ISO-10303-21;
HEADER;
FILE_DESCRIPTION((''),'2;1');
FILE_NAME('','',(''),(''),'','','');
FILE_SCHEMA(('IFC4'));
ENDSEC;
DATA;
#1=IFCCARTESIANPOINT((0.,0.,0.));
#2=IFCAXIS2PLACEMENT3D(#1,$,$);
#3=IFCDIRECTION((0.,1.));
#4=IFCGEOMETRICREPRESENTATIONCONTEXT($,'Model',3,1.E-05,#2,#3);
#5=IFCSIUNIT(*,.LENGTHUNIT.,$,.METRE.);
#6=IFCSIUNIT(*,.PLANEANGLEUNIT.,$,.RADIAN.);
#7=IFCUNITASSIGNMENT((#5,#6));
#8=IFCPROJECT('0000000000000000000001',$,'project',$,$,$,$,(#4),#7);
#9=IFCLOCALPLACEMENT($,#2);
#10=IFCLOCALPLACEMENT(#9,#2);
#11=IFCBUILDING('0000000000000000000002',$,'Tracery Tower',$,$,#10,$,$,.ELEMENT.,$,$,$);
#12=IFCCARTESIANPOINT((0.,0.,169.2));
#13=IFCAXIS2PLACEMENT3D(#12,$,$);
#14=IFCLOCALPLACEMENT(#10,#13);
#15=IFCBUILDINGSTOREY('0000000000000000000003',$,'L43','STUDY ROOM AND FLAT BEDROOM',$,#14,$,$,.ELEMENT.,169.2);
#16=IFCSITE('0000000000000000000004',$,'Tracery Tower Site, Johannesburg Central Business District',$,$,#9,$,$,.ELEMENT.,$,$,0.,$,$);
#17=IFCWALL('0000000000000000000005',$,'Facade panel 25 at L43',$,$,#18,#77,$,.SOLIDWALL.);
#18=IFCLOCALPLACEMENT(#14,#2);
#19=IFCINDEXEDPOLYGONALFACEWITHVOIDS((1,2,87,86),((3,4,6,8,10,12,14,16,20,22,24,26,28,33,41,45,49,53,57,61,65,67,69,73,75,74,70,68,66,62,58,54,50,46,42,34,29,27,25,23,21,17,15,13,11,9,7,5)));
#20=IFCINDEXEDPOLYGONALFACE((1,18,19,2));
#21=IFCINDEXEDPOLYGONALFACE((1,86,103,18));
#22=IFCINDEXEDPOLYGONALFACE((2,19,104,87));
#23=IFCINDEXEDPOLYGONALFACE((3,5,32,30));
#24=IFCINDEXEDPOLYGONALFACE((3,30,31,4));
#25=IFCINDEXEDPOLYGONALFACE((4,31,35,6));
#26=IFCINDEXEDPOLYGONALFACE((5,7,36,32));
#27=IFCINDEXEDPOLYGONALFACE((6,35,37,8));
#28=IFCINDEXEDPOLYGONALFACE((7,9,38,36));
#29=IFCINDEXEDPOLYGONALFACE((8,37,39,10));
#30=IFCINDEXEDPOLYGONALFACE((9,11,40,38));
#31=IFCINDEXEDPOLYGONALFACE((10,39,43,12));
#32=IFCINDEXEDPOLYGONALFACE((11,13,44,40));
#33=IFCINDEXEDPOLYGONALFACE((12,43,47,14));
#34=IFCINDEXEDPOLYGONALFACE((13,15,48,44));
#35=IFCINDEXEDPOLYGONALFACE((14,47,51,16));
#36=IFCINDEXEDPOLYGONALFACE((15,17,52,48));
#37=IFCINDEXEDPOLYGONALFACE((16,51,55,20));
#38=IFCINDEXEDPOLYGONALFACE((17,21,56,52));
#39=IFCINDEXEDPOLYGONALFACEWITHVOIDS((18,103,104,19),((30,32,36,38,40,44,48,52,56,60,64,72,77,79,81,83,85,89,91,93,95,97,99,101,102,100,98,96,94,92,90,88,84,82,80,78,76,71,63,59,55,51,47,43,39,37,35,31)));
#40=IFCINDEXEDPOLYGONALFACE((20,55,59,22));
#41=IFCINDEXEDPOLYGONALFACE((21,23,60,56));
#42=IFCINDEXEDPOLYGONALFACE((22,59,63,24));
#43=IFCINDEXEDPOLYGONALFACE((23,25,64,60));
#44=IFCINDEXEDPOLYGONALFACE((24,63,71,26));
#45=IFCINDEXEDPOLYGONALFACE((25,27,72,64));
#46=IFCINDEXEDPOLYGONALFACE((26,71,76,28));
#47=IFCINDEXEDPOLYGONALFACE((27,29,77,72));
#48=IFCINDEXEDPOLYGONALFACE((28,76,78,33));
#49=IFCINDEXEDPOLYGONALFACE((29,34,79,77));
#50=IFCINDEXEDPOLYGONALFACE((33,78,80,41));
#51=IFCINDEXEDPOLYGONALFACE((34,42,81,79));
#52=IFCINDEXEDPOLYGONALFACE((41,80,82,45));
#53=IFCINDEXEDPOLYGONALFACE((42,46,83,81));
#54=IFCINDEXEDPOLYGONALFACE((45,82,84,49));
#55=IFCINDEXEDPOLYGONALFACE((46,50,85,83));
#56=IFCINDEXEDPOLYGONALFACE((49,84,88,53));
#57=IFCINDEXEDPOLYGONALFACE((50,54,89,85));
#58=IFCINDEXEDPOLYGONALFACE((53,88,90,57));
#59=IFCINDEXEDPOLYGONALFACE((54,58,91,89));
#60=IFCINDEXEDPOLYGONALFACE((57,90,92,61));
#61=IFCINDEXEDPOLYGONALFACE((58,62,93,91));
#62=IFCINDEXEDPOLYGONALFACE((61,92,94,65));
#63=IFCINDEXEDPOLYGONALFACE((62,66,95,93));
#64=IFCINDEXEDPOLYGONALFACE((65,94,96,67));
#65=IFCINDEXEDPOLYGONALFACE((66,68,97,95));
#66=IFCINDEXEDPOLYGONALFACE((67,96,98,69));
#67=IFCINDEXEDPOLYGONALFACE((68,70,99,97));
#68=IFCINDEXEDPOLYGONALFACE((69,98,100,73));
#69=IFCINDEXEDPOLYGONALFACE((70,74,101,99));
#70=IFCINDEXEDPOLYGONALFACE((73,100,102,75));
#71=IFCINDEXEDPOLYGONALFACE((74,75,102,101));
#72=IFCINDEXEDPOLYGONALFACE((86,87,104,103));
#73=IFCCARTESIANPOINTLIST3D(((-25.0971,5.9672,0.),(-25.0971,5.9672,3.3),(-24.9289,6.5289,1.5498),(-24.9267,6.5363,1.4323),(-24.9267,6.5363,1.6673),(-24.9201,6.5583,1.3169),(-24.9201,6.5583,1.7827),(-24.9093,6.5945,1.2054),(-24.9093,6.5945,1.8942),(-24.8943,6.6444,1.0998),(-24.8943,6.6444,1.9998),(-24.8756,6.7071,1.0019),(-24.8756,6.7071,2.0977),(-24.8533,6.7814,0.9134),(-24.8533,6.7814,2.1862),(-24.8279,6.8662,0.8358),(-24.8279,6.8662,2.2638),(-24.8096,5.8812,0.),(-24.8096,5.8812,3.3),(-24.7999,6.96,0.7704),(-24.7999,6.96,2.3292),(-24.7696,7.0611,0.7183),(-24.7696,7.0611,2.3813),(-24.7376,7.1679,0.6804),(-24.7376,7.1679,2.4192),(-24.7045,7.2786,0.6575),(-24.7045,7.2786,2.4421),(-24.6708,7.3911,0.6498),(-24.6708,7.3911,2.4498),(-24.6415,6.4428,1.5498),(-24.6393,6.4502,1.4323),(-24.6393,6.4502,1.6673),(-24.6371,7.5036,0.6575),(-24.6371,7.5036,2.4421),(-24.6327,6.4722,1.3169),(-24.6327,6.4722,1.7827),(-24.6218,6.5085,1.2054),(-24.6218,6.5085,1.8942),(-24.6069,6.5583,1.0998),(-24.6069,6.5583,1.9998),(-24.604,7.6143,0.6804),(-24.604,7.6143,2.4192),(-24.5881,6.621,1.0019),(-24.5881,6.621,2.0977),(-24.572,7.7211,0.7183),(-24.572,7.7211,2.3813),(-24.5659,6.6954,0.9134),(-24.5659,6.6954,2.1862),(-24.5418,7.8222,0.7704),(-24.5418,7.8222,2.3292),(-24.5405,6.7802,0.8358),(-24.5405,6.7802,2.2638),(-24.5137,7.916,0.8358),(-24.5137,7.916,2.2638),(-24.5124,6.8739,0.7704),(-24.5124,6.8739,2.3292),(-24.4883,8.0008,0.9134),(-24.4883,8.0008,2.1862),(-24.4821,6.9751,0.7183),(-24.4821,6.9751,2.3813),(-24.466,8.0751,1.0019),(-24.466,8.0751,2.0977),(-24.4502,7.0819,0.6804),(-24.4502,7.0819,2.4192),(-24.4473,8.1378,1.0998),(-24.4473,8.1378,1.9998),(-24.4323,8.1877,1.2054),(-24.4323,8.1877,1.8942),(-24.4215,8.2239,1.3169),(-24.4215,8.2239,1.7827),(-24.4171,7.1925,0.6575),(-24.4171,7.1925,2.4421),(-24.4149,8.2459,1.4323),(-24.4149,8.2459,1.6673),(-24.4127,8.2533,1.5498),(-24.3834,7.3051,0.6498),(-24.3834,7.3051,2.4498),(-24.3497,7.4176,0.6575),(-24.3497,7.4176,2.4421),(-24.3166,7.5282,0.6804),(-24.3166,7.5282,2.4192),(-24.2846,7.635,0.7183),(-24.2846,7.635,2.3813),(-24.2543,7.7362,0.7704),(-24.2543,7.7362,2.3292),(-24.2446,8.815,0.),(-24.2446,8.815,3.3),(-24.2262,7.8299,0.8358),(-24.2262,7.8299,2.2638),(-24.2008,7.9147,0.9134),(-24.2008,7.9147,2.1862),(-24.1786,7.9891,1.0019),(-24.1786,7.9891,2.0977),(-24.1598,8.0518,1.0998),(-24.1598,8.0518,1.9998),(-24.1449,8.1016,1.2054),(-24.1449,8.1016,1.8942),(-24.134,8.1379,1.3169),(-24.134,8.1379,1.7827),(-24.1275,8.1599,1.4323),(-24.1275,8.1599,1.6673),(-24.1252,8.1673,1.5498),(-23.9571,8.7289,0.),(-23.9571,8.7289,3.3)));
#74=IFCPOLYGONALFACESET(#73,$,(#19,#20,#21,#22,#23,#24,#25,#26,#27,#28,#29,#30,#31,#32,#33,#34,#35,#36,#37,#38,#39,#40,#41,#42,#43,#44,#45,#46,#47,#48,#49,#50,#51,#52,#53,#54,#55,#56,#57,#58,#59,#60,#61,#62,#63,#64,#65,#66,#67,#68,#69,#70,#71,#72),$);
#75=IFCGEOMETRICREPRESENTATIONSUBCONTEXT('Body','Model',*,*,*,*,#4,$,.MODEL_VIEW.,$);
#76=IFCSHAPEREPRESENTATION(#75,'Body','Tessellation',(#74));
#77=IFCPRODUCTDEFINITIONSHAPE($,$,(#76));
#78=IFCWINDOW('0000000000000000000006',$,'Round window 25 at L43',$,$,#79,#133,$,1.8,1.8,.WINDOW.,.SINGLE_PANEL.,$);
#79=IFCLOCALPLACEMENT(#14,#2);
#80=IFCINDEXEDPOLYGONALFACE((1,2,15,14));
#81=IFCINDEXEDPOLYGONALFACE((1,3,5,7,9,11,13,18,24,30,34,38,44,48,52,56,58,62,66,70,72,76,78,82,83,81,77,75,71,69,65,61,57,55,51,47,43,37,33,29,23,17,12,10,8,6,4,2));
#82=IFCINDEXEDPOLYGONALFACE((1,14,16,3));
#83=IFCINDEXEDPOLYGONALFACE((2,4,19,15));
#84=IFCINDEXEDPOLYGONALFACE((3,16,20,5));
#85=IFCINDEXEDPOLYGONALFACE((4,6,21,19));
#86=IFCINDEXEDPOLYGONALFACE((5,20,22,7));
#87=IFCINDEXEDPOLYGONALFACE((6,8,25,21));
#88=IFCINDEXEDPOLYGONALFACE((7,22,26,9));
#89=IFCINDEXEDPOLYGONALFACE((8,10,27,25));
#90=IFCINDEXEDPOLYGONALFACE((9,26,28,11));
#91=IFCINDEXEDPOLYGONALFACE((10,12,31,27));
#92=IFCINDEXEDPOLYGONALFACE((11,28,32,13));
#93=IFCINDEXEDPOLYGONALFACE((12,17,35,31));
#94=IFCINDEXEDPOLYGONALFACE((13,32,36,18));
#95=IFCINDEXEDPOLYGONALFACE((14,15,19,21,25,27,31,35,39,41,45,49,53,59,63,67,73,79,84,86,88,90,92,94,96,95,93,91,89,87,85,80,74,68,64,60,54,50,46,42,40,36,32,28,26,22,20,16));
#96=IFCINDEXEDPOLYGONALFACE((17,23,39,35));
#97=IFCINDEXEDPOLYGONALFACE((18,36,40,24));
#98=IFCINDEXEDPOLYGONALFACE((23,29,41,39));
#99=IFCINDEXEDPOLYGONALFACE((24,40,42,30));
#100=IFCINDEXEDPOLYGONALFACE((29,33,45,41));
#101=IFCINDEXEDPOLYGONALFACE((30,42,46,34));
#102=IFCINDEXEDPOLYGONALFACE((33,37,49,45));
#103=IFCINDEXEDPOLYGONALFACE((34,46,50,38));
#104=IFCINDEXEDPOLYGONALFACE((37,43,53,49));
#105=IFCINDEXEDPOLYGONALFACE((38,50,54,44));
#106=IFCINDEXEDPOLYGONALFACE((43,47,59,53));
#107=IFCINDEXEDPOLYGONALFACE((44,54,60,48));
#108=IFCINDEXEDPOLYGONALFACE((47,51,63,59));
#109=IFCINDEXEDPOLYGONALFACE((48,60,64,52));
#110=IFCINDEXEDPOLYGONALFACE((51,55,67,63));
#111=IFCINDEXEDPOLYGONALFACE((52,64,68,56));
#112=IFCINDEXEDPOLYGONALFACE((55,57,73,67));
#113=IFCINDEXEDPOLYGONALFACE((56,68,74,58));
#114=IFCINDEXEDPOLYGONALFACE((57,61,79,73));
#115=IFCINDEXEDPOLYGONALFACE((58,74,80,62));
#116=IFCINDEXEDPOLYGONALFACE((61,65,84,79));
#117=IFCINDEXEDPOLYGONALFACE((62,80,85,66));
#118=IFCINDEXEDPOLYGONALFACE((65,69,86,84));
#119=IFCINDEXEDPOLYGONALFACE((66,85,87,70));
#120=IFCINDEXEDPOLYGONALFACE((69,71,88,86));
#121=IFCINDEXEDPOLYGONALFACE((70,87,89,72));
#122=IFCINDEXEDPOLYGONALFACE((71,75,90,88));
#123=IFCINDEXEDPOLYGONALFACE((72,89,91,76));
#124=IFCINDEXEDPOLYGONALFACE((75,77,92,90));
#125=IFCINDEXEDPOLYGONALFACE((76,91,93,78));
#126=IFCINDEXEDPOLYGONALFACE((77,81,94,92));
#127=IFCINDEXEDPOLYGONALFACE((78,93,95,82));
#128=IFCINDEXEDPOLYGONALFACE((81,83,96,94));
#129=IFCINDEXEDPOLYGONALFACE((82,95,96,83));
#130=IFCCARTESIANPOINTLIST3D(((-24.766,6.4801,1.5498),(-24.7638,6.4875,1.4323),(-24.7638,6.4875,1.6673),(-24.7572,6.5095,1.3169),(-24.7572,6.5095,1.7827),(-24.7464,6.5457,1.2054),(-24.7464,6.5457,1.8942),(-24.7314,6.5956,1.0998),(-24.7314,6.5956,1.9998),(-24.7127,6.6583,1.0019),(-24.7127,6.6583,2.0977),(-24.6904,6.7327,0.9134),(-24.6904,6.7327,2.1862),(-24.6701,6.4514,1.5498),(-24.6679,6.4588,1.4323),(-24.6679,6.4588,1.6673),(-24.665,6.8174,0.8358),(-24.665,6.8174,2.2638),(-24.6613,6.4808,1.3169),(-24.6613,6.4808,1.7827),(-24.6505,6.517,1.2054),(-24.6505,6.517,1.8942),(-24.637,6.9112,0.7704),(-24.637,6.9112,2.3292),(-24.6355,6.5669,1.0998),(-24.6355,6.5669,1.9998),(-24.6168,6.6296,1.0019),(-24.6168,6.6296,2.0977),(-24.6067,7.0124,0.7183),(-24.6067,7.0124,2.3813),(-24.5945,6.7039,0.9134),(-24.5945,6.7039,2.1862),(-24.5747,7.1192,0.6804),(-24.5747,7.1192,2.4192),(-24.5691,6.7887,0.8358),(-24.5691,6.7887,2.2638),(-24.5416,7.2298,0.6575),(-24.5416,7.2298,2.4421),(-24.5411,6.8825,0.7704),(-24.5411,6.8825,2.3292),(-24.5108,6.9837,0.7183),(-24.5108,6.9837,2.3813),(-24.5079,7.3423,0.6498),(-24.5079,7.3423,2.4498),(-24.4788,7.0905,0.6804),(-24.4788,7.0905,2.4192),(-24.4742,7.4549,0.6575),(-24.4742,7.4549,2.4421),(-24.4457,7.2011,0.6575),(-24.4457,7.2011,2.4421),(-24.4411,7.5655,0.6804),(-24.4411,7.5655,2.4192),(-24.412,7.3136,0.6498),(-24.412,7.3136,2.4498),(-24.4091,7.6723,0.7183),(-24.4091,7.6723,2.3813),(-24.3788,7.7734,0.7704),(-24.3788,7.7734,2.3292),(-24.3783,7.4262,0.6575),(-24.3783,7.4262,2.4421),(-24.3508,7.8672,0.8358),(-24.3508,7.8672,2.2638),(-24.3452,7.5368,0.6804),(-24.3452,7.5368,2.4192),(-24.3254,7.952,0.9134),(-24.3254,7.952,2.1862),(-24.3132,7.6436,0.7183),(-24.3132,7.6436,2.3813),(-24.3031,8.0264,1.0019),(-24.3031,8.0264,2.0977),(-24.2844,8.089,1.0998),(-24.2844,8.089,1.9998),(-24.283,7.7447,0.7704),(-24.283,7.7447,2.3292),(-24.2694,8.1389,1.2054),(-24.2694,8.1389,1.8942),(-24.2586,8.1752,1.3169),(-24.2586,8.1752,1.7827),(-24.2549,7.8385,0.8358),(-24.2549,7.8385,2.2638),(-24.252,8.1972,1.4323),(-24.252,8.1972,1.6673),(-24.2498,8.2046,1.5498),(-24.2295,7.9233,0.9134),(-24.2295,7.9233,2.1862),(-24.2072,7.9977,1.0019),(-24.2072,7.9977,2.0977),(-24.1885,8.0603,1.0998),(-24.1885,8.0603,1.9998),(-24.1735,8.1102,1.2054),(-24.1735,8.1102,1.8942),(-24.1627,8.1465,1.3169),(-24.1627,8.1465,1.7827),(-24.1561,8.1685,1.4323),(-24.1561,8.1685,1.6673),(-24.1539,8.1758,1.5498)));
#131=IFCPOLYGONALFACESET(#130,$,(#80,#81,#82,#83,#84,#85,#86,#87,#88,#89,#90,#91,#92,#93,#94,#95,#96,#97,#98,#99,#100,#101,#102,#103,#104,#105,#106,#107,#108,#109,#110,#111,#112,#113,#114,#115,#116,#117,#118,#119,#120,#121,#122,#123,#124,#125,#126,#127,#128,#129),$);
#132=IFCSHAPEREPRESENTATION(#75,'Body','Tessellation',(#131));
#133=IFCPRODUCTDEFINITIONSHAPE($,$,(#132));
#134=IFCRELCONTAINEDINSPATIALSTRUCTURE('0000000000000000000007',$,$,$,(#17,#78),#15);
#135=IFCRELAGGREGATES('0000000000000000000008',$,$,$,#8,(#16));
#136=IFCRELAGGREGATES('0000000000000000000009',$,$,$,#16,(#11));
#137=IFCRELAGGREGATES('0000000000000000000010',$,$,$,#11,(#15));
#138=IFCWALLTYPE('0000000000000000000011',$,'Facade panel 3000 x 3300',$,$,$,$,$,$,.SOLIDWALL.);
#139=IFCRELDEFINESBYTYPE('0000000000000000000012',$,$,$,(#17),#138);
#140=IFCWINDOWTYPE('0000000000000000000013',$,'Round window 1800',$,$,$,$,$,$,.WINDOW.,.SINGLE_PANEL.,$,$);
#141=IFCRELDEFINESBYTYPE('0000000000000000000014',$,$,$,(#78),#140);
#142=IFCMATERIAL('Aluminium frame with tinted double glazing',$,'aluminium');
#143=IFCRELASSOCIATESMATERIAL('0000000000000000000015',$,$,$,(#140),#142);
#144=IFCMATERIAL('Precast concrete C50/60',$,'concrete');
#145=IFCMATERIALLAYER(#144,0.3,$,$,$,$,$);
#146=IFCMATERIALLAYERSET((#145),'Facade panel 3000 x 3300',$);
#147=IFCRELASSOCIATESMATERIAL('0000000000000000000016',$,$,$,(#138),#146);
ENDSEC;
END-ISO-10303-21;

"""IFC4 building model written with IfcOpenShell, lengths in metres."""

from ifc_helpers import new_model, si_unit, direction, frame, frame_2d, origin, origin_2d, place, context, subcontext, project, spatial, rectangle, circle, extrude, material, layer, layer_set, type_object, element, fill, save


model = new_model("IFC4")

# Units and contexts
model_context = context("Model", 3, precision=1e-05, world=origin(), true_north=direction((0.0, 1.0)))
body_context = subcontext(model_context, "Body", "Model", "MODEL_VIEW")
ifc_project = project(units=[si_unit("LENGTHUNIT", "METRE"), si_unit("PLANEANGLEUNIT", "RADIAN")], contexts=[model_context])

# Site, building, storey
site_placement = place(None, origin())
site = spatial("IfcSite", under=ifc_project, at=site_placement, Name="Tracery Tower Site, Johannesburg Central Business District", CompositionType="ELEMENT", RefElevation=0.0)
building_placement = place(site_placement, origin())
building = spatial("IfcBuilding", under=site, at=building_placement, Name="Tracery Tower", CompositionType="ELEMENT")
storey_placement = place(building_placement, frame((0.0, 0.0, 169.2)))
storey = spatial("IfcBuildingStorey", under=building, at=storey_placement, Name="L43", Description="STUDY ROOM AND FLAT BEDROOM", CompositionType="ELEMENT", Elevation=169.2)

# Wall, opening, window
ifc_material_1 = material(Name="Aluminium frame with tinted double glazing", Category="aluminium")
window_type = type_object("IfcWindowType", Name="Round window 1800", PartitioningType="SINGLE_PANEL", PredefinedType="WINDOW", material=ifc_material_1)
ifc_material_2 = material(Name="Precast concrete C50/60", Category="concrete")
ifc_layer_1 = layer(ifc_material_2, 0.3)
ifc_layer_set_1 = layer_set([ifc_layer_1], Name="Facade panel 3000 x 3300")
wall_type_1 = type_object("IfcWallType", Name="Facade panel 3000 x 3300", PredefinedType="SOLIDWALL", material=ifc_layer_set_1)
wall_1_placement = place(storey_placement, frame((-24.1008, 8.772, 0.0), z_axis=(0.0, 0.0, 1.0), x_axis=(-0.286783, -0.957996, 0.0)))
wall_1 = element("IfcWall", 1, at=wall_1_placement, inside=storey, type_object=wall_type_1, Name="Facade panel 25 at L43", PredefinedType="SOLIDWALL", context=body_context, shape_type="SweptSolid", body=[
    extrude(rectangle(XDim=2.9727, YDim=0.3, at=frame_2d((1.4863, 0.0))), origin(), (0.0, 0.0, 1.0), 3.3),
])
opening_1_placement = place(wall_1_placement, frame((1.4863, 0.0, 1.5498)))
opening_1 = element("IfcOpeningElement", 2, at=opening_1_placement, cuts=wall_1, PredefinedType="OPENING", context=body_context, shape_type="SweptSolid", body=[
    extrude(circle(Radius=0.9, at=origin_2d()), frame((0.0, 0.1599, 0.0), z_axis=(0.0, -1.0, 0.0), x_axis=(1.0, 0.0, 0.0)), (0.0, 0.0, 1.0), 0.3201),
])
window_1_placement = place(opening_1_placement, origin())
window_1 = element("IfcWindow", 3, at=window_1_placement, inside=storey, type_object=window_type, Name="Round window 25 at L43", OverallHeight=1.8, OverallWidth=1.8, PartitioningType="SINGLE_PANEL", PredefinedType="WINDOW", context=body_context, shape_type="SweptSolid", body=[
    extrude(circle(Radius=0.9, at=origin_2d()), frame((0.0, 0.1201, 0.0), z_axis=(0.0, -1.0, 0.0), x_axis=(1.0, 0.0, 0.0)), (0.0, 0.0, 1.0), 0.1001),
])
fill(opening_1, window_1)

save(model, "model.ifc")
